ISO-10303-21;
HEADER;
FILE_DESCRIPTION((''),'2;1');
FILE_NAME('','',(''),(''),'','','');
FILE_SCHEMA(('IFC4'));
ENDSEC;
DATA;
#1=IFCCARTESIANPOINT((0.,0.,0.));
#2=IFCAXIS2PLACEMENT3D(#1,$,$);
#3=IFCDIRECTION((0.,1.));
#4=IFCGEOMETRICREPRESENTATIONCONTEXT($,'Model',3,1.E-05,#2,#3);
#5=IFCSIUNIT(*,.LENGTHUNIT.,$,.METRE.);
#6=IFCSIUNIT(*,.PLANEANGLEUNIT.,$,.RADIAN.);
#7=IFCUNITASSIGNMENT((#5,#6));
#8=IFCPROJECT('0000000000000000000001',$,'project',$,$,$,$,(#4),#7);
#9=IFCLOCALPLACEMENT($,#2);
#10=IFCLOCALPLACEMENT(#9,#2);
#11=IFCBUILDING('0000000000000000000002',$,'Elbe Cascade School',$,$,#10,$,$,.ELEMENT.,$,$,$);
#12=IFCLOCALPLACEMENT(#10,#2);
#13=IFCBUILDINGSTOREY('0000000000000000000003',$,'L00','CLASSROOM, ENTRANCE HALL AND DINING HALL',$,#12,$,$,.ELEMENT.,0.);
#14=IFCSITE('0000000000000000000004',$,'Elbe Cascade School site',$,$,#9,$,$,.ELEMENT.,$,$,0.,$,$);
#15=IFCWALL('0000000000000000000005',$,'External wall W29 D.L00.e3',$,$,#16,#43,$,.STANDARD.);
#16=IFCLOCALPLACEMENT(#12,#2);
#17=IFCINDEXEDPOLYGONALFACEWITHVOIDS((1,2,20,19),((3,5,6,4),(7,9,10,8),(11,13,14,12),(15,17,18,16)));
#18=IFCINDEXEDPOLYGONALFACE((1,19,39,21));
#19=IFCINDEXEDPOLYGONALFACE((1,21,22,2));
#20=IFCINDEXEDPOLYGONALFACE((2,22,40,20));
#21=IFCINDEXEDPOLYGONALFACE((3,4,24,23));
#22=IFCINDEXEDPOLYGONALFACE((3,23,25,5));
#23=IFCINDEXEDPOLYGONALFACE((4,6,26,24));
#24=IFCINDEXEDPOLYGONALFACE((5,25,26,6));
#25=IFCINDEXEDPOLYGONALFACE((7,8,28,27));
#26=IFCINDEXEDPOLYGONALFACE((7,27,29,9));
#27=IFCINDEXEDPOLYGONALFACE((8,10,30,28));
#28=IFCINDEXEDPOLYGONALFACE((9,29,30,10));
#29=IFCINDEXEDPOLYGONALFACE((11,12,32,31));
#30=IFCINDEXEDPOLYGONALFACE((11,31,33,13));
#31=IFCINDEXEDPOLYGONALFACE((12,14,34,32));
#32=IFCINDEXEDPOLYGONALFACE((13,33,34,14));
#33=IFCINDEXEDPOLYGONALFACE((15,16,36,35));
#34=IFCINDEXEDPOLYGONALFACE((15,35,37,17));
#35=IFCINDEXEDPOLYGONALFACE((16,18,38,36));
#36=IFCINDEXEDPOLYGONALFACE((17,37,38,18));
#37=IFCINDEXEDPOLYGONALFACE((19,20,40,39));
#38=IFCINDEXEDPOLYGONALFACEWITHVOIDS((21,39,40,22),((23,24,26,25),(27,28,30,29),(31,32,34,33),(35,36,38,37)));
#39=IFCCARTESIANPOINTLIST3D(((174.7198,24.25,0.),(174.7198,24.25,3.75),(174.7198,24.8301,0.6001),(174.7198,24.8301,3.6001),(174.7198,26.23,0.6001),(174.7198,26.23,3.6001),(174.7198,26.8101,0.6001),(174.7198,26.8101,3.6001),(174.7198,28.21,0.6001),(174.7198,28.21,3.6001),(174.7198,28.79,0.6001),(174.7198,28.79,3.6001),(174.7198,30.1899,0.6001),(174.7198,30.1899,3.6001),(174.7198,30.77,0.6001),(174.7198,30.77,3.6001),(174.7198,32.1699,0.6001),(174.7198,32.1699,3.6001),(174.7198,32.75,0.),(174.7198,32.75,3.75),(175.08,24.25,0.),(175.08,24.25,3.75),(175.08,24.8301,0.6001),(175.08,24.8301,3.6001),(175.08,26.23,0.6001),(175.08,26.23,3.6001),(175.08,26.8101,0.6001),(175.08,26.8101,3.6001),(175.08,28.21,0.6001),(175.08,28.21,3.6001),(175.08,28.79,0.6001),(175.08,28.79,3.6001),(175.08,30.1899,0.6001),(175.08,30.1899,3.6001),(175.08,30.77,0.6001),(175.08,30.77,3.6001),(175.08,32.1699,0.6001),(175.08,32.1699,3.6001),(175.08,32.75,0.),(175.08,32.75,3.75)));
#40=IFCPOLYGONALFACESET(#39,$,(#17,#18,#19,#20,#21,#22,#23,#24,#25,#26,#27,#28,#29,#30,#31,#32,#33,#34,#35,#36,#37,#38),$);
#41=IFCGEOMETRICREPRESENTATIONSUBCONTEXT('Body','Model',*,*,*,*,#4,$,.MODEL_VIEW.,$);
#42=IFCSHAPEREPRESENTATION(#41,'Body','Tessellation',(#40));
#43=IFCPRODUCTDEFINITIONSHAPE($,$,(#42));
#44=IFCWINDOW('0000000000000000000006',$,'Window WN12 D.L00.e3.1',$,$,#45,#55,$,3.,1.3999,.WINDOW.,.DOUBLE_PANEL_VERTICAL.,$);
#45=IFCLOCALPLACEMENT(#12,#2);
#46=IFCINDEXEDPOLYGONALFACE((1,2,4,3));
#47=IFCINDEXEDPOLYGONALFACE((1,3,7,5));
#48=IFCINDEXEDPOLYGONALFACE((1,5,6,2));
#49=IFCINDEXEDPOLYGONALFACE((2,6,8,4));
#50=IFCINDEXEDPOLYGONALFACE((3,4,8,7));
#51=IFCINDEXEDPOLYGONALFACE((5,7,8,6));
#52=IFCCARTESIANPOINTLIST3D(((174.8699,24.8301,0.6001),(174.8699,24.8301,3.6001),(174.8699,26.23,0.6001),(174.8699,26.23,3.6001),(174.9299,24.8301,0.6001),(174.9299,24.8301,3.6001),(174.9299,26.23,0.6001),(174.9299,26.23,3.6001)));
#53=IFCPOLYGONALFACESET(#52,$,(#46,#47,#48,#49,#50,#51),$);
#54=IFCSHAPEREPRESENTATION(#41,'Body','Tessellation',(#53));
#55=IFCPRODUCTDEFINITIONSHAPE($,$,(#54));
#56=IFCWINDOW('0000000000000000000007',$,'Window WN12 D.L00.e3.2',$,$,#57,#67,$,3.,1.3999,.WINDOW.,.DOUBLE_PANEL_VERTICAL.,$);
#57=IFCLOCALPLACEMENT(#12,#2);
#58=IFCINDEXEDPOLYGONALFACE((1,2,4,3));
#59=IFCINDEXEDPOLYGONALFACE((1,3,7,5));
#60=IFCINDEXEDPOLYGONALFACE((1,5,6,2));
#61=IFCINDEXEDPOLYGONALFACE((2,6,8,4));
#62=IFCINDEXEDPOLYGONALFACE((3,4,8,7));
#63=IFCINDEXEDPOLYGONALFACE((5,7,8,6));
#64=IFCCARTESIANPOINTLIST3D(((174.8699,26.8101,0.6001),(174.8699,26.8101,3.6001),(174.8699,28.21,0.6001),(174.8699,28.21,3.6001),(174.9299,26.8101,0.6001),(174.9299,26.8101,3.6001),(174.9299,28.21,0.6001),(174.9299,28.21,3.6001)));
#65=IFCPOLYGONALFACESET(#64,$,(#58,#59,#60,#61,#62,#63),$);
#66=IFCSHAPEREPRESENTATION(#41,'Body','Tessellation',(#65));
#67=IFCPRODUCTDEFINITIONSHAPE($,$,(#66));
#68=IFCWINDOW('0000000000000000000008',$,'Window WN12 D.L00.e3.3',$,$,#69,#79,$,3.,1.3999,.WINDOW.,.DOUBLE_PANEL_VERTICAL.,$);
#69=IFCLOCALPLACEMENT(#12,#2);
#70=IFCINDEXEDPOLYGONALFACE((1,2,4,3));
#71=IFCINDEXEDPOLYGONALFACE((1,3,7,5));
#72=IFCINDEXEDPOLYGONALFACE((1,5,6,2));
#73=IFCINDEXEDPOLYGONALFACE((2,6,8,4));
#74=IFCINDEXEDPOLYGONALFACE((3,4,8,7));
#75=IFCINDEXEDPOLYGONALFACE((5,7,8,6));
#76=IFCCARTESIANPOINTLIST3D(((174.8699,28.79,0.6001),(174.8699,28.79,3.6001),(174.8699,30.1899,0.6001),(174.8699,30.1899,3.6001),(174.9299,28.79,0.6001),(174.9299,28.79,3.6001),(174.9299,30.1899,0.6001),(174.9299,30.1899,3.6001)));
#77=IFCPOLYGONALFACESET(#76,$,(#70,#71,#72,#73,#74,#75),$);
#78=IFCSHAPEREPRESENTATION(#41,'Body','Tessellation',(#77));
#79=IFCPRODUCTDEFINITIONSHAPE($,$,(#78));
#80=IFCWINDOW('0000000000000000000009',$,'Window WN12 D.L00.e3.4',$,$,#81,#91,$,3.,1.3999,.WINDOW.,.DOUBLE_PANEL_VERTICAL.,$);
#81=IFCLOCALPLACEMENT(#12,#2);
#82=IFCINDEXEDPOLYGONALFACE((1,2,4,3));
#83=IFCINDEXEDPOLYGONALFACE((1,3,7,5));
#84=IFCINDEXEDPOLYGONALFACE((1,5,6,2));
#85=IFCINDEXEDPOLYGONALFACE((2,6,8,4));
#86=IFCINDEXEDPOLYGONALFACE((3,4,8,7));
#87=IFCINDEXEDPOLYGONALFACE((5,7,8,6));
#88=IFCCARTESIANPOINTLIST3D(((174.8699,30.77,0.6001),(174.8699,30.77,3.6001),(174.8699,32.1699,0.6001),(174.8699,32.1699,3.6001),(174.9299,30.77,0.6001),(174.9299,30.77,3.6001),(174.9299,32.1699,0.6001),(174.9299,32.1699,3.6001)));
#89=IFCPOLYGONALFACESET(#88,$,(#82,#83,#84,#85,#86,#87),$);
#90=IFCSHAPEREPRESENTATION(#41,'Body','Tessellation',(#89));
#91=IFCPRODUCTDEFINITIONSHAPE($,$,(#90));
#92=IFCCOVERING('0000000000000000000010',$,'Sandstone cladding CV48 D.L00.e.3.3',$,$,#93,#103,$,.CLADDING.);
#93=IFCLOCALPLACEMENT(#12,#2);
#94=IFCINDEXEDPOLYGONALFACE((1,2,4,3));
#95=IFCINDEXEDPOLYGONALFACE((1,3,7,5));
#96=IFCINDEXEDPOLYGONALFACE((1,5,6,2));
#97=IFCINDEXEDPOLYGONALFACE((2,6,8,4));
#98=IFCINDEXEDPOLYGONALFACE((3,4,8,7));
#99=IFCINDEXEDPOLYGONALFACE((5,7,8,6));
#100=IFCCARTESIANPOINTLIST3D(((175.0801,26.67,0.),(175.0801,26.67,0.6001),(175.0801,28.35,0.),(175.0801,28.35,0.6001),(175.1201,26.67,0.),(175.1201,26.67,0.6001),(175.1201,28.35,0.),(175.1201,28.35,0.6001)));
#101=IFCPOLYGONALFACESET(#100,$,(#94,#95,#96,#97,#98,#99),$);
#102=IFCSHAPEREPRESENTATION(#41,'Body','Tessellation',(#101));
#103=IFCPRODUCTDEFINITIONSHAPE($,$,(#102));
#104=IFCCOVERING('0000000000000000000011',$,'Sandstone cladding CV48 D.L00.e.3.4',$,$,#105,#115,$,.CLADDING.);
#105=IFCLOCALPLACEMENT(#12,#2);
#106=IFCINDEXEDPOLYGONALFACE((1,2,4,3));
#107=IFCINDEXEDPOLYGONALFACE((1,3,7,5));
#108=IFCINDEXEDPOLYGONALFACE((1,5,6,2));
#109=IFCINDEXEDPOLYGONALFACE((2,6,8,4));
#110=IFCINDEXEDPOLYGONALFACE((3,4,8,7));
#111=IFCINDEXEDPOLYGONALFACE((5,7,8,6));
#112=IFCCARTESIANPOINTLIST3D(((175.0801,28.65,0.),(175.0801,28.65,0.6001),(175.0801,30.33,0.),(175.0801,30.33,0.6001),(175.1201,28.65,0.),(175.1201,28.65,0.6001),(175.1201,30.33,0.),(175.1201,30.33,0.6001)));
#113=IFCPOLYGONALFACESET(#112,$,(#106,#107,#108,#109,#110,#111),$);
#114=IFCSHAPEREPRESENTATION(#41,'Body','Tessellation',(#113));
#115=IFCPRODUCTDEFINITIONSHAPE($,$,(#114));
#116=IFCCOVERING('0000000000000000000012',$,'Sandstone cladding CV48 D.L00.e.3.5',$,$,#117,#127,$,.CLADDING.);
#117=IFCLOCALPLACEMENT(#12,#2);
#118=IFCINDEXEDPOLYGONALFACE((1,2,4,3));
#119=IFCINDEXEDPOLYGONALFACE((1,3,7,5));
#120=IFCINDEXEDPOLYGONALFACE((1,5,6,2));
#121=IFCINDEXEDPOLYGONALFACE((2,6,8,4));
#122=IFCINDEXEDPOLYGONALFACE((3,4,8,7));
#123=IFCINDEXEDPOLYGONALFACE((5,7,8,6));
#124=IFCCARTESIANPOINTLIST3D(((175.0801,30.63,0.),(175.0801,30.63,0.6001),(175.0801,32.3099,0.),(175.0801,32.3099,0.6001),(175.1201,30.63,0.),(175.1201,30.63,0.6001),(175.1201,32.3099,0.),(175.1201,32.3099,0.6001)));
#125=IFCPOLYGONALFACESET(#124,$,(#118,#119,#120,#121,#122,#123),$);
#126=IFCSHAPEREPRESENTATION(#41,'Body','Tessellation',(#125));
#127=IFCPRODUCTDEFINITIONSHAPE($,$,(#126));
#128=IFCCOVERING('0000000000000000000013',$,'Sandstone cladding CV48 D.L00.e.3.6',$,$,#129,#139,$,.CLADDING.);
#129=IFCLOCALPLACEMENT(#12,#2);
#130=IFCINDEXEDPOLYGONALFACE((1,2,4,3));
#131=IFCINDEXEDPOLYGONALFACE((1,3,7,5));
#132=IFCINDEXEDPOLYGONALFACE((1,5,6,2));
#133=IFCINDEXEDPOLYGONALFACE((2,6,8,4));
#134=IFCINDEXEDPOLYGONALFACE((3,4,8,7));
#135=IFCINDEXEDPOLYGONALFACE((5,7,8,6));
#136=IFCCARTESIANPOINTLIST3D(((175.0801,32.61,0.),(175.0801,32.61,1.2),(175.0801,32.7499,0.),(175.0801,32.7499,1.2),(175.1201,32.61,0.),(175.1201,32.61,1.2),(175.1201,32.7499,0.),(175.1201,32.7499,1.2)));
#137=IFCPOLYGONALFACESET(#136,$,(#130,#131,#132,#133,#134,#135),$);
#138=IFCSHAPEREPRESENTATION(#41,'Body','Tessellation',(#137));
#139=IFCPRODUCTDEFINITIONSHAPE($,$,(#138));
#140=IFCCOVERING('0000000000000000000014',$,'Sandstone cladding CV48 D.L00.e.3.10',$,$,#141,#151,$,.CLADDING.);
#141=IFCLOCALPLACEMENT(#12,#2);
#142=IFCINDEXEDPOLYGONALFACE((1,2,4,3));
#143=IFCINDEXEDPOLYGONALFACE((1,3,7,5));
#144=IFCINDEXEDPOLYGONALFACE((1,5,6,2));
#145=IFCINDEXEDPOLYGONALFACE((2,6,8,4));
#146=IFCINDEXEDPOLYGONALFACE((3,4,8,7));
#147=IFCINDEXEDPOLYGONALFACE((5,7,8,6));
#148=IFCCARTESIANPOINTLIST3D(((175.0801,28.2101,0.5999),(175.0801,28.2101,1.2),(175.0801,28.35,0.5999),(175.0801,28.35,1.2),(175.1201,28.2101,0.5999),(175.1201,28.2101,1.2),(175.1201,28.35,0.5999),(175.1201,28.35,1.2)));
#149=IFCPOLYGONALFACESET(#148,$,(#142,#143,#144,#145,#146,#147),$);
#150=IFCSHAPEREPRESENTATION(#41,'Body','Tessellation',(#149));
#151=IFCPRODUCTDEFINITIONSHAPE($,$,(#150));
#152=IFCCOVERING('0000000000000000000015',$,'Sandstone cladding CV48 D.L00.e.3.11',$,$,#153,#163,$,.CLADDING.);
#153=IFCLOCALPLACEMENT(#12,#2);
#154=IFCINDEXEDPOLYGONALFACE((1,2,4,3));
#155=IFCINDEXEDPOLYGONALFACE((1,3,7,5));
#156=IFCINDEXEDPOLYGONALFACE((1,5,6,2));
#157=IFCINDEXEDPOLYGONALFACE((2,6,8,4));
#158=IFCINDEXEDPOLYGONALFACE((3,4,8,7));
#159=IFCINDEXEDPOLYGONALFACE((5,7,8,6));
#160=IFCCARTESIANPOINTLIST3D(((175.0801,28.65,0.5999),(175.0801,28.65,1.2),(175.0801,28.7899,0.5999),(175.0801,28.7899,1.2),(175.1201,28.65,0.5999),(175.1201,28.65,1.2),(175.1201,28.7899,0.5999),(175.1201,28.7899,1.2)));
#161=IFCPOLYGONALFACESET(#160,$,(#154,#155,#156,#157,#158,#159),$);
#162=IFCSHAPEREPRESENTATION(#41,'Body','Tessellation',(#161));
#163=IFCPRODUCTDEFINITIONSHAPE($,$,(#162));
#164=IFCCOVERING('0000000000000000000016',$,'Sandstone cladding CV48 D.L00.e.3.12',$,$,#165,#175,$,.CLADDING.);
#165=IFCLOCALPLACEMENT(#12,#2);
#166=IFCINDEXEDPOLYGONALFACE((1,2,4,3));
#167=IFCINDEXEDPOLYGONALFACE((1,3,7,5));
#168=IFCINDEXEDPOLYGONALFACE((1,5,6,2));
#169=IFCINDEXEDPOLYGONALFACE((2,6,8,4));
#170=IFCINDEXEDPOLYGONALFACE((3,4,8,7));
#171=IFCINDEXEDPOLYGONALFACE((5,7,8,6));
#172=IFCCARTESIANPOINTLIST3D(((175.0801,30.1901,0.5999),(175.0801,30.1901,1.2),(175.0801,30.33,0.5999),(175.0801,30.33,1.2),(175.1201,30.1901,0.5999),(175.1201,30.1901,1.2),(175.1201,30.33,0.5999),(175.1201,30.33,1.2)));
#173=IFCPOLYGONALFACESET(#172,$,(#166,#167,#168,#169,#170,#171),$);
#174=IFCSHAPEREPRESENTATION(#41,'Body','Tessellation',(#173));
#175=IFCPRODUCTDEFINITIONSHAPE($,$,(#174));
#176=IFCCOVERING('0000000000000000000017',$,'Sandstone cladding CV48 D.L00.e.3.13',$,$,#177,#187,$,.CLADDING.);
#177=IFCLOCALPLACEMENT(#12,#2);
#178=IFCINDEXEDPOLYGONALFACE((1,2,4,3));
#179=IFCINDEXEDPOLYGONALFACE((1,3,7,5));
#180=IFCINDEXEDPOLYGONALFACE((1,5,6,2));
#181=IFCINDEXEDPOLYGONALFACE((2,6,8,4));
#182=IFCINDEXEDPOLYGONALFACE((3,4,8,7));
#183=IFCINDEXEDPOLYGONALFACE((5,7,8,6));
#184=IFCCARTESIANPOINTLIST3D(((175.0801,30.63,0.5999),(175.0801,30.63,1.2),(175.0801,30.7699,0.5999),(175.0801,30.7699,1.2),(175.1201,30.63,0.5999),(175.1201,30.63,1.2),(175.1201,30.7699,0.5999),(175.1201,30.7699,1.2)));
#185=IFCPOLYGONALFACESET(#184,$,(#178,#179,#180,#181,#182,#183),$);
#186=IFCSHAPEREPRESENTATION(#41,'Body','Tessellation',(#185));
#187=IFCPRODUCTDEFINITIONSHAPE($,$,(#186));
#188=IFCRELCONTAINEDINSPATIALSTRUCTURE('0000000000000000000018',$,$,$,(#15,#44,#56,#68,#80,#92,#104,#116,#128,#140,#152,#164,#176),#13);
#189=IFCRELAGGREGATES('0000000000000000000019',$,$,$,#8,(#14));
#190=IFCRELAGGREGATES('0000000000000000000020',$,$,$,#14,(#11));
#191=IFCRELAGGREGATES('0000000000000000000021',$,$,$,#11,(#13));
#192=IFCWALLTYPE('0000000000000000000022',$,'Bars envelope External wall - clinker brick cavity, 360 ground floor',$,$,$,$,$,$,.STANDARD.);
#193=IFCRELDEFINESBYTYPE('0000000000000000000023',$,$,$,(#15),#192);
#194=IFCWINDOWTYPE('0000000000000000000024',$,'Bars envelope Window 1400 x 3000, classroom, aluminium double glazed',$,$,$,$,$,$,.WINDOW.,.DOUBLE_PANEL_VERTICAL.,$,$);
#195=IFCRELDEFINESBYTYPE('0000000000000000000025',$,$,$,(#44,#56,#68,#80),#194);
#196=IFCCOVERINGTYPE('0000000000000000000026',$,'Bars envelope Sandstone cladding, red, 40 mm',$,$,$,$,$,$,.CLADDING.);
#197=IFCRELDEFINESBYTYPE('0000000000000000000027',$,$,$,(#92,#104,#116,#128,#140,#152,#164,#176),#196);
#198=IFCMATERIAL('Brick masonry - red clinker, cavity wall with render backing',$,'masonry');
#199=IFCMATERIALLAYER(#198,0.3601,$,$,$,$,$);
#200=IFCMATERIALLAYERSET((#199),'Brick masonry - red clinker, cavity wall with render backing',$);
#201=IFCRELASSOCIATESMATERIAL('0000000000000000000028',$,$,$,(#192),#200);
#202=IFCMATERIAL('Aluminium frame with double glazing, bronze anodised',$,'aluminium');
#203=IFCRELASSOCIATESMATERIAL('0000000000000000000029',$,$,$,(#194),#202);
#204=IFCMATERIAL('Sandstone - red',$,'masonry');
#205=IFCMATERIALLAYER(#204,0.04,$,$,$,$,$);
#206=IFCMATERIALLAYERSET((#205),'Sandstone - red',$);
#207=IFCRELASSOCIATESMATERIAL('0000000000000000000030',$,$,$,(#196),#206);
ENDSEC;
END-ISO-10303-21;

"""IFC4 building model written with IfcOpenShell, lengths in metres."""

from ifc_helpers import new_model, si_unit, direction, frame, frame_2d, origin, origin_2d, place, context, subcontext, project, spatial, rectangle, extrude, material, layer, layer_set, type_object, element, fill, save


model = new_model("IFC4")

# Units and contexts
model_context = context("Model", 3, precision=1e-05, world=origin(), true_north=direction((0.0, 1.0)))
body_context = subcontext(model_context, "Body", "Model", "MODEL_VIEW")
ifc_project = project(units=[si_unit("LENGTHUNIT", "METRE"), si_unit("PLANEANGLEUNIT", "RADIAN")], contexts=[model_context])

# Site, building, storey
site_placement = place(None, origin())
site = spatial("IfcSite", under=ifc_project, at=site_placement, Name="Elbe Cascade School site", CompositionType="ELEMENT", RefElevation=0.0)
building_placement = place(site_placement, origin())
building = spatial("IfcBuilding", under=site, at=building_placement, Name="Elbe Cascade School", CompositionType="ELEMENT")
storey_placement = place(building_placement, origin())
storey = spatial("IfcBuildingStorey", under=building, at=storey_placement, Name="L00", Description="CLASSROOM, ENTRANCE HALL AND DINING HALL", CompositionType="ELEMENT", Elevation=0.0)

# Wall, openings, windows
ifc_material_1 = material(Name="Brick masonry - red clinker, cavity wall with render backing", Category="masonry")
ifc_layer_1 = layer(ifc_material_1, 0.3601)
ifc_layer_set_1 = layer_set([ifc_layer_1], Name="Brick masonry - red clinker, cavity wall with render backing")
wall_type = type_object("IfcWallType", Name="Bars envelope External wall - clinker brick cavity, 360 ground floor", PredefinedType="STANDARD", material=ifc_layer_set_1)
wall_placement = place(storey_placement, frame((174.8999, 32.75, 0.0), z_axis=(0.0, 0.0, 1.0), x_axis=(0.0, -1.0, 0.0)))
wall = element("IfcWall", 1, at=wall_placement, inside=storey, type_object=wall_type, Name="External wall W29 D.L00.e3", PredefinedType="STANDARD", context=body_context, shape_type="SweptSolid", body=[
    extrude(rectangle(XDim=8.5, YDim=0.3601, at=frame_2d((4.25, 0.0))), origin(), (0.0, 0.0, 1.0), 3.75),
])
opening_1_placement = place(wall_placement, frame((6.52, 0.0, 0.6001)))
opening_1 = element("IfcOpeningElement", 2, at=opening_1_placement, cuts=wall, PredefinedType="OPENING", context=body_context, shape_type="SweptSolid", body=[
    extrude(rectangle(XDim=1.3999, YDim=3.0, at=frame_2d((0.7, 1.5))), frame((0.0, 0.1899, 0.0), z_axis=(0.0, -1.0, 0.0), x_axis=(1.0, 0.0, 0.0)), (0.0, 0.0, 1.0), 0.3801),
])
opening_2_placement = place(wall_placement, frame((4.54, 0.0, 0.6001)))
opening_2 = element("IfcOpeningElement", 3, at=opening_2_placement, cuts=wall, PredefinedType="OPENING", context=body_context, shape_type="SweptSolid", body=[
    extrude(rectangle(XDim=1.3999, YDim=3.0, at=frame_2d((0.7, 1.5))), frame((0.0, 0.1899, 0.0), z_axis=(0.0, -1.0, 0.0), x_axis=(1.0, 0.0, 0.0)), (0.0, 0.0, 1.0), 0.3801),
])
opening_3_placement = place(wall_placement, frame((2.5601, 0.0, 0.6001)))
opening_3 = element("IfcOpeningElement", 4, at=opening_3_placement, cuts=wall, PredefinedType="OPENING", context=body_context, shape_type="SweptSolid", body=[
    extrude(rectangle(XDim=1.3999, YDim=3.0, at=frame_2d((0.7, 1.5))), frame((0.0, 0.1899, 0.0), z_axis=(0.0, -1.0, 0.0), x_axis=(1.0, 0.0, 0.0)), (0.0, 0.0, 1.0), 0.3801),
])
opening_4_placement = place(wall_placement, frame((0.5801, 0.0, 0.6001)))
opening_4 = element("IfcOpeningElement", 5, at=opening_4_placement, cuts=wall, PredefinedType="OPENING", context=body_context, shape_type="SweptSolid", body=[
    extrude(rectangle(XDim=1.3999, YDim=3.0, at=frame_2d((0.7, 1.5))), frame((0.0, 0.1899, 0.0), z_axis=(0.0, -1.0, 0.0), x_axis=(1.0, 0.0, 0.0)), (0.0, 0.0, 1.0), 0.3801),
])
ifc_material_2 = material(Name="Aluminium frame with double glazing, bronze anodised", Category="aluminium")
window_type = type_object("IfcWindowType", Name="Bars envelope Window 1400 x 3000, classroom, aluminium double glazed", PartitioningType="DOUBLE_PANEL_VERTICAL", PredefinedType="WINDOW", material=ifc_material_2)
window_1_placement = place(opening_1_placement, origin())
window_1 = element("IfcWindow", 6, at=window_1_placement, inside=storey, type_object=window_type, Name="Window WN12 D.L00.e3.1", OverallHeight=3.0, OverallWidth=1.3999, PartitioningType="DOUBLE_PANEL_VERTICAL", PredefinedType="WINDOW", context=body_context, shape_type="SweptSolid", body=[
    extrude(rectangle(XDim=1.3999, YDim=3.0, at=frame_2d((0.7, 1.5))), frame((0.0, 0.03, 0.0), z_axis=(0.0, -1.0, 0.0), x_axis=(1.0, 0.0, 0.0)), (0.0, 0.0, 1.0), 0.0601),
])
fill(opening_1, window_1)
window_2_placement = place(opening_2_placement, origin())
window_2 = element("IfcWindow", 7, at=window_2_placement, inside=storey, type_object=window_type, Name="Window WN12 D.L00.e3.2", OverallHeight=3.0, OverallWidth=1.3999, PartitioningType="DOUBLE_PANEL_VERTICAL", PredefinedType="WINDOW", context=body_context, shape_type="SweptSolid", body=[
    extrude(rectangle(XDim=1.3999, YDim=3.0, at=frame_2d((0.7, 1.5))), frame((0.0, 0.03, 0.0), z_axis=(0.0, -1.0, 0.0), x_axis=(1.0, 0.0, 0.0)), (0.0, 0.0, 1.0), 0.0601),
])
fill(opening_2, window_2)
window_3_placement = place(opening_3_placement, origin())
window_3 = element("IfcWindow", 8, at=window_3_placement, inside=storey, type_object=window_type, Name="Window WN12 D.L00.e3.3", OverallHeight=3.0, OverallWidth=1.3999, PartitioningType="DOUBLE_PANEL_VERTICAL", PredefinedType="WINDOW", context=body_context, shape_type="SweptSolid", body=[
    extrude(rectangle(XDim=1.3999, YDim=3.0, at=frame_2d((0.7, 1.5))), frame((0.0, 0.03, 0.0), z_axis=(0.0, -1.0, 0.0), x_axis=(1.0, 0.0, 0.0)), (0.0, 0.0, 1.0), 0.0601),
])
fill(opening_3, window_3)
window_4_placement = place(opening_4_placement, origin())
window_4 = element("IfcWindow", 9, at=window_4_placement, inside=storey, type_object=window_type, Name="Window WN12 D.L00.e3.4", OverallHeight=3.0, OverallWidth=1.3999, PartitioningType="DOUBLE_PANEL_VERTICAL", PredefinedType="WINDOW", context=body_context, shape_type="SweptSolid", body=[
    extrude(rectangle(XDim=1.3999, YDim=3.0, at=frame_2d((0.7, 1.5))), frame((0.0, 0.03, 0.0), z_axis=(0.0, -1.0, 0.0), x_axis=(1.0, 0.0, 0.0)), (0.0, 0.0, 1.0), 0.0601),
])
fill(opening_4, window_4)

# Coverings
ifc_material_3 = material(Name="Sandstone - red", Category="masonry")
ifc_layer_2 = layer(ifc_material_3, 0.04)
ifc_layer_set_2 = layer_set([ifc_layer_2], Name="Sandstone - red")
covering_type = type_object("IfcCoveringType", Name="Bars envelope Sandstone cladding, red, 40 mm", PredefinedType="CLADDING", material=ifc_layer_set_2)
for number, where, z_axis, x_axis, name in (
    (10, (175.1001, 27.51, 0.0), (0.0, 0.0, 1.0), (0.0, 1.0, 0.0), "Sandstone cladding CV48 D.L00.e.3.3"),
    (11, (175.1001, 29.49, 0.0), (0.0, 0.0, 1.0), (0.0, 1.0, 0.0), "Sandstone cladding CV48 D.L00.e.3.4"),
    (12, (175.1001, 31.47, 0.0), (0.0, 0.0, 1.0), (0.0, 1.0, 0.0), "Sandstone cladding CV48 D.L00.e.3.5"),
):
    element("IfcCovering", number, at=place(storey_placement, frame(where, z_axis=z_axis, x_axis=x_axis)), inside=storey, type_object=covering_type, Name=name, PredefinedType="CLADDING", context=body_context, shape_type="SweptSolid", body=[
        extrude(rectangle(XDim=1.6799, YDim=0.04, at=origin_2d()), origin(), (0.0, 0.0, 1.0), 0.6001),
    ])
covering_1_placement = place(storey_placement, frame((175.1001, 32.6799, 0.0), z_axis=(0.0, 0.0, 1.0), x_axis=(0.0, 1.0, 0.0)))
element("IfcCovering", 13, at=covering_1_placement, inside=storey, type_object=covering_type, Name="Sandstone cladding CV48 D.L00.e.3.6", PredefinedType="CLADDING", context=body_context, shape_type="SweptSolid", body=[
    extrude(rectangle(XDim=0.1399, YDim=0.04, at=origin_2d()), origin(), (0.0, 0.0, 1.0), 1.2),
])
for number, where, z_axis, x_axis, name in (
    (14, (175.1001, 28.28, 0.5999), (0.0, 0.0, 1.0), (0.0, 1.0, 0.0), "Sandstone cladding CV48 D.L00.e.3.10"),
    (15, (175.1001, 28.72, 0.5999), (0.0, 0.0, 1.0), (0.0, 1.0, 0.0), "Sandstone cladding CV48 D.L00.e.3.11"),
    (16, (175.1001, 30.26, 0.5999), (0.0, 0.0, 1.0), (0.0, 1.0, 0.0), "Sandstone cladding CV48 D.L00.e.3.12"),
    (17, (175.1001, 30.7, 0.5999), (0.0, 0.0, 1.0), (0.0, 1.0, 0.0), "Sandstone cladding CV48 D.L00.e.3.13"),
):
    element("IfcCovering", number, at=place(storey_placement, frame(where, z_axis=z_axis, x_axis=x_axis)), inside=storey, type_object=covering_type, Name=name, PredefinedType="CLADDING", context=body_context, shape_type="SweptSolid", body=[
        extrude(rectangle(XDim=0.1399, YDim=0.04, at=origin_2d()), origin(), (0.0, 0.0, 1.0), 0.6001),
    ])

save(model, "model.ifc")
